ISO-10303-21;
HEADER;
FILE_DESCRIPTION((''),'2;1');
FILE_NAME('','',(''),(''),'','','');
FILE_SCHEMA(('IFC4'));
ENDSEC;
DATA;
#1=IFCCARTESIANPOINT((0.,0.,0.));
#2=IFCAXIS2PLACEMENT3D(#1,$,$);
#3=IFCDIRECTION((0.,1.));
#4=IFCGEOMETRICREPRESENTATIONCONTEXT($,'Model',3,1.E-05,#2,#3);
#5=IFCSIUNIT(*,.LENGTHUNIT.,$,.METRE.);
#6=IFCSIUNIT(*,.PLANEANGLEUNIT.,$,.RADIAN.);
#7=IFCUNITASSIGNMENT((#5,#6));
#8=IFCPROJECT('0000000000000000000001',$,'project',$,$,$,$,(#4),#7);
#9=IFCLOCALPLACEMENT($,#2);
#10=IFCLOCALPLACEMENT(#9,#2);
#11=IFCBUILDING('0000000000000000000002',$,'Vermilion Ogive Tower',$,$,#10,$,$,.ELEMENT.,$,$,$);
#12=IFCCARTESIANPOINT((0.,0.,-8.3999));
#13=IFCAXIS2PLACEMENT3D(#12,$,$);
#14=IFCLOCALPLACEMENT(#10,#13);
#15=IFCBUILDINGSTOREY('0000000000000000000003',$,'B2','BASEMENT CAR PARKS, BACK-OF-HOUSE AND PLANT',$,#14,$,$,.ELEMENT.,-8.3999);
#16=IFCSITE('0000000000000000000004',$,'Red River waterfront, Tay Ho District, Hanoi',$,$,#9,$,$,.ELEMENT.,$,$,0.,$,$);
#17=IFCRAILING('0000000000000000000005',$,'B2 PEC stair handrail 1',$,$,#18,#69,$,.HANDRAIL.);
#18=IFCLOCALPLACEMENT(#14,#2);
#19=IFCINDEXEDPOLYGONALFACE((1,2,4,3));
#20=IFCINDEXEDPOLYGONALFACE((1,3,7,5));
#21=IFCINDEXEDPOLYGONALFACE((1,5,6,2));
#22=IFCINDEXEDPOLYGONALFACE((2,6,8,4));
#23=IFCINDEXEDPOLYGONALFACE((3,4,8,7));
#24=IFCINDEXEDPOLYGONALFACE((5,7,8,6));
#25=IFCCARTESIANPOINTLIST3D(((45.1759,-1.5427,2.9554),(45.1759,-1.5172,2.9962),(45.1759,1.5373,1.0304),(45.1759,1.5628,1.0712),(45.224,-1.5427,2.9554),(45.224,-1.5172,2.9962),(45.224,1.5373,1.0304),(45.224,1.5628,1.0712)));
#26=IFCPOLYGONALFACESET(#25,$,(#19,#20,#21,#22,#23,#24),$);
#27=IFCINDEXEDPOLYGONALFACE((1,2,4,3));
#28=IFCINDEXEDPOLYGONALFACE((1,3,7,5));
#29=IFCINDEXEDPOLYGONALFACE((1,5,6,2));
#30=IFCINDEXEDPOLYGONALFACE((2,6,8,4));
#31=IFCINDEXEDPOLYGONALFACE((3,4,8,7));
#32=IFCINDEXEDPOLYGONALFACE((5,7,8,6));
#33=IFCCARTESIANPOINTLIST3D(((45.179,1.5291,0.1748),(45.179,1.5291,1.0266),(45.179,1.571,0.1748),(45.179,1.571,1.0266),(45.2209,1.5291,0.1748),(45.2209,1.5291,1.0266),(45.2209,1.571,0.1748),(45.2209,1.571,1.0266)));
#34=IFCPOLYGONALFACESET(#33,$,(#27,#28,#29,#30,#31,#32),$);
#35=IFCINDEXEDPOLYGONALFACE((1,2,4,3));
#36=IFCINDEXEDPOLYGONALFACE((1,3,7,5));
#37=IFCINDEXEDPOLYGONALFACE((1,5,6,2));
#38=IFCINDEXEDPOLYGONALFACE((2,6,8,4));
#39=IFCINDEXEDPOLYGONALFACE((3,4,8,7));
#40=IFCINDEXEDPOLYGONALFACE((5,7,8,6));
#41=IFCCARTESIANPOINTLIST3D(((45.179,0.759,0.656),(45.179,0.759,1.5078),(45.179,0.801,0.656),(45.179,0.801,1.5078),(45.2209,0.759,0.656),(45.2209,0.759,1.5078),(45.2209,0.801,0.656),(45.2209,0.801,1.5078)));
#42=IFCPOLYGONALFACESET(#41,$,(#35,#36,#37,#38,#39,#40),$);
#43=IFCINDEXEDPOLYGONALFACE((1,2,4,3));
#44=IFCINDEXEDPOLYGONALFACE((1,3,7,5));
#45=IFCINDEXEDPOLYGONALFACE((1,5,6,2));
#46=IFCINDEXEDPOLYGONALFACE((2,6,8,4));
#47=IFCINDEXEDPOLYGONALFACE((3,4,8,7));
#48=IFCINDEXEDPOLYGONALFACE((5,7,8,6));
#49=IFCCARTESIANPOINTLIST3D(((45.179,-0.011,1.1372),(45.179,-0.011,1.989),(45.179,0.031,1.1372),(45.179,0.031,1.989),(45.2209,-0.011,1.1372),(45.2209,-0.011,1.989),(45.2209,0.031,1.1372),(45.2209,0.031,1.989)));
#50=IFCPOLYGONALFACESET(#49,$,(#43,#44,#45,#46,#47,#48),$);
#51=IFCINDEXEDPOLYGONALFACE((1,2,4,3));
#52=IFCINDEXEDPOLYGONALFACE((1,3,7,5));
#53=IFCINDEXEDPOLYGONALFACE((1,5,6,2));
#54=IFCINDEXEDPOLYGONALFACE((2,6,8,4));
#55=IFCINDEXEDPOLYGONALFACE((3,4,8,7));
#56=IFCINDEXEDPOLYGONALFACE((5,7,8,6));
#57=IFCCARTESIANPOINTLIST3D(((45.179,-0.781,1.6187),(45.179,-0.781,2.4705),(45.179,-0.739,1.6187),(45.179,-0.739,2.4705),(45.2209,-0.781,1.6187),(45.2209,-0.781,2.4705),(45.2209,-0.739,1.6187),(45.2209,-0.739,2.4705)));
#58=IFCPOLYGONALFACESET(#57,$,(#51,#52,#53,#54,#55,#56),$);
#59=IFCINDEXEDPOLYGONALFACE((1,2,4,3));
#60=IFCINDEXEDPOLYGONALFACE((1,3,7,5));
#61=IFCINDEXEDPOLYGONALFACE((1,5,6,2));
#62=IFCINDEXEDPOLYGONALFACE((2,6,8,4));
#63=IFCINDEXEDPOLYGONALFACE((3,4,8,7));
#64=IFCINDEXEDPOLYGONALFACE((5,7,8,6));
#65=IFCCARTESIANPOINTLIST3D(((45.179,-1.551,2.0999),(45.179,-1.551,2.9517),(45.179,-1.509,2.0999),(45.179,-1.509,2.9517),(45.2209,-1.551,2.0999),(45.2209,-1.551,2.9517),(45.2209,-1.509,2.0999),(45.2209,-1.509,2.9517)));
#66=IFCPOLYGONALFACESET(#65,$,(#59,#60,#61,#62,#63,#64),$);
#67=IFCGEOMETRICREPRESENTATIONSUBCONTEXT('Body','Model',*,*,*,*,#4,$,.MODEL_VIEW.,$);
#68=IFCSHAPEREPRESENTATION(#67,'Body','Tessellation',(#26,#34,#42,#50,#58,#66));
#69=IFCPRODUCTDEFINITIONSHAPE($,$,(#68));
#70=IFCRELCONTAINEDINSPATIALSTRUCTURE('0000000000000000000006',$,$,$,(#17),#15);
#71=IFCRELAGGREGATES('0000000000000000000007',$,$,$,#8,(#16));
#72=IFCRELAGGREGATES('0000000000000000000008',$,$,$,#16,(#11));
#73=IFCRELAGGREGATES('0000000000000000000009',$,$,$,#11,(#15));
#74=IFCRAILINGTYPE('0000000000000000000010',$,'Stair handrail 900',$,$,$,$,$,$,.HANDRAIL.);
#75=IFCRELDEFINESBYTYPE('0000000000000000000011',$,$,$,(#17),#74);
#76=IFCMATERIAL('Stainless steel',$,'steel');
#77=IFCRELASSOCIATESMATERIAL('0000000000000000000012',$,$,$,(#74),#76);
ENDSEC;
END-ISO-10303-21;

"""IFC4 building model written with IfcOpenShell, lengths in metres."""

from ifc_helpers import new_model, si_unit, direction, frame, origin, origin_2d, place, context, subcontext, project, spatial, rectangle, extrude, material, type_object, element, save


model = new_model("IFC4")

# Units and contexts
model_context = context("Model", 3, precision=1e-05, world=origin(), true_north=direction((0.0, 1.0)))
body_context = subcontext(model_context, "Body", "Model", "MODEL_VIEW")
ifc_project = project(units=[si_unit("LENGTHUNIT", "METRE"), si_unit("PLANEANGLEUNIT", "RADIAN")], contexts=[model_context])

# Site, building, storey
site_placement = place(None, origin())
site = spatial("IfcSite", under=ifc_project, at=site_placement, Name="Red River waterfront, Tay Ho District, Hanoi", CompositionType="ELEMENT", RefElevation=0.0)
building_placement = place(site_placement, origin())
building = spatial("IfcBuilding", under=site, at=building_placement, Name="Vermilion Ogive Tower", CompositionType="ELEMENT")
storey_placement = place(building_placement, frame((0.0, 0.0, -8.3999)))
storey = spatial("IfcBuildingStorey", under=building, at=storey_placement, Name="B2", Description="BASEMENT CAR PARKS, BACK-OF-HOUSE AND PLANT", CompositionType="ELEMENT", Elevation=-8.3999)

# Railing
ifc_material_1 = material(Name="Stainless steel", Category="steel")
railing_type_1 = type_object("IfcRailingType", Name="Stair handrail 900", PredefinedType="HANDRAIL", material=ifc_material_1)
railing_1_placement = place(storey_placement, frame((45.2, 1.55, 0.1748)))
element("IfcRailing", 1, at=railing_1_placement, inside=storey, type_object=railing_type_1, Name="B2 PEC stair handrail 1", PredefinedType="HANDRAIL", context=body_context, shape_type="SweptSolid", body=[
    extrude(rectangle(XDim=0.0481, YDim=0.0481, at=origin_2d()), frame((0.0, 0.0, 0.876), z_axis=(0.0, -0.847998, 0.529999), x_axis=(1.0, 0.0, 0.0)), (0.0, 0.0, 1.0), 3.6321),
    extrude(rectangle(XDim=0.042, YDim=0.042, at=origin_2d()), origin(), (0.0, 0.0, 1.0), 0.8518),
    extrude(rectangle(XDim=0.042, YDim=0.042, at=origin_2d()), frame((0.0, -0.77, 0.4812)), (0.0, 0.0, 1.0), 0.8518),
    extrude(rectangle(XDim=0.042, YDim=0.042, at=origin_2d()), frame((0.0, -1.54, 0.9624)), (0.0, 0.0, 1.0), 0.8518),
    extrude(rectangle(XDim=0.042, YDim=0.042, at=origin_2d()), frame((0.0, -2.3101, 1.4438)), (0.0, 0.0, 1.0), 0.8518),
    extrude(rectangle(XDim=0.042, YDim=0.042, at=origin_2d()), frame((0.0, -3.0801, 1.925)), (0.0, 0.0, 1.0), 0.8518),
])

save(model, "model.ifc")
